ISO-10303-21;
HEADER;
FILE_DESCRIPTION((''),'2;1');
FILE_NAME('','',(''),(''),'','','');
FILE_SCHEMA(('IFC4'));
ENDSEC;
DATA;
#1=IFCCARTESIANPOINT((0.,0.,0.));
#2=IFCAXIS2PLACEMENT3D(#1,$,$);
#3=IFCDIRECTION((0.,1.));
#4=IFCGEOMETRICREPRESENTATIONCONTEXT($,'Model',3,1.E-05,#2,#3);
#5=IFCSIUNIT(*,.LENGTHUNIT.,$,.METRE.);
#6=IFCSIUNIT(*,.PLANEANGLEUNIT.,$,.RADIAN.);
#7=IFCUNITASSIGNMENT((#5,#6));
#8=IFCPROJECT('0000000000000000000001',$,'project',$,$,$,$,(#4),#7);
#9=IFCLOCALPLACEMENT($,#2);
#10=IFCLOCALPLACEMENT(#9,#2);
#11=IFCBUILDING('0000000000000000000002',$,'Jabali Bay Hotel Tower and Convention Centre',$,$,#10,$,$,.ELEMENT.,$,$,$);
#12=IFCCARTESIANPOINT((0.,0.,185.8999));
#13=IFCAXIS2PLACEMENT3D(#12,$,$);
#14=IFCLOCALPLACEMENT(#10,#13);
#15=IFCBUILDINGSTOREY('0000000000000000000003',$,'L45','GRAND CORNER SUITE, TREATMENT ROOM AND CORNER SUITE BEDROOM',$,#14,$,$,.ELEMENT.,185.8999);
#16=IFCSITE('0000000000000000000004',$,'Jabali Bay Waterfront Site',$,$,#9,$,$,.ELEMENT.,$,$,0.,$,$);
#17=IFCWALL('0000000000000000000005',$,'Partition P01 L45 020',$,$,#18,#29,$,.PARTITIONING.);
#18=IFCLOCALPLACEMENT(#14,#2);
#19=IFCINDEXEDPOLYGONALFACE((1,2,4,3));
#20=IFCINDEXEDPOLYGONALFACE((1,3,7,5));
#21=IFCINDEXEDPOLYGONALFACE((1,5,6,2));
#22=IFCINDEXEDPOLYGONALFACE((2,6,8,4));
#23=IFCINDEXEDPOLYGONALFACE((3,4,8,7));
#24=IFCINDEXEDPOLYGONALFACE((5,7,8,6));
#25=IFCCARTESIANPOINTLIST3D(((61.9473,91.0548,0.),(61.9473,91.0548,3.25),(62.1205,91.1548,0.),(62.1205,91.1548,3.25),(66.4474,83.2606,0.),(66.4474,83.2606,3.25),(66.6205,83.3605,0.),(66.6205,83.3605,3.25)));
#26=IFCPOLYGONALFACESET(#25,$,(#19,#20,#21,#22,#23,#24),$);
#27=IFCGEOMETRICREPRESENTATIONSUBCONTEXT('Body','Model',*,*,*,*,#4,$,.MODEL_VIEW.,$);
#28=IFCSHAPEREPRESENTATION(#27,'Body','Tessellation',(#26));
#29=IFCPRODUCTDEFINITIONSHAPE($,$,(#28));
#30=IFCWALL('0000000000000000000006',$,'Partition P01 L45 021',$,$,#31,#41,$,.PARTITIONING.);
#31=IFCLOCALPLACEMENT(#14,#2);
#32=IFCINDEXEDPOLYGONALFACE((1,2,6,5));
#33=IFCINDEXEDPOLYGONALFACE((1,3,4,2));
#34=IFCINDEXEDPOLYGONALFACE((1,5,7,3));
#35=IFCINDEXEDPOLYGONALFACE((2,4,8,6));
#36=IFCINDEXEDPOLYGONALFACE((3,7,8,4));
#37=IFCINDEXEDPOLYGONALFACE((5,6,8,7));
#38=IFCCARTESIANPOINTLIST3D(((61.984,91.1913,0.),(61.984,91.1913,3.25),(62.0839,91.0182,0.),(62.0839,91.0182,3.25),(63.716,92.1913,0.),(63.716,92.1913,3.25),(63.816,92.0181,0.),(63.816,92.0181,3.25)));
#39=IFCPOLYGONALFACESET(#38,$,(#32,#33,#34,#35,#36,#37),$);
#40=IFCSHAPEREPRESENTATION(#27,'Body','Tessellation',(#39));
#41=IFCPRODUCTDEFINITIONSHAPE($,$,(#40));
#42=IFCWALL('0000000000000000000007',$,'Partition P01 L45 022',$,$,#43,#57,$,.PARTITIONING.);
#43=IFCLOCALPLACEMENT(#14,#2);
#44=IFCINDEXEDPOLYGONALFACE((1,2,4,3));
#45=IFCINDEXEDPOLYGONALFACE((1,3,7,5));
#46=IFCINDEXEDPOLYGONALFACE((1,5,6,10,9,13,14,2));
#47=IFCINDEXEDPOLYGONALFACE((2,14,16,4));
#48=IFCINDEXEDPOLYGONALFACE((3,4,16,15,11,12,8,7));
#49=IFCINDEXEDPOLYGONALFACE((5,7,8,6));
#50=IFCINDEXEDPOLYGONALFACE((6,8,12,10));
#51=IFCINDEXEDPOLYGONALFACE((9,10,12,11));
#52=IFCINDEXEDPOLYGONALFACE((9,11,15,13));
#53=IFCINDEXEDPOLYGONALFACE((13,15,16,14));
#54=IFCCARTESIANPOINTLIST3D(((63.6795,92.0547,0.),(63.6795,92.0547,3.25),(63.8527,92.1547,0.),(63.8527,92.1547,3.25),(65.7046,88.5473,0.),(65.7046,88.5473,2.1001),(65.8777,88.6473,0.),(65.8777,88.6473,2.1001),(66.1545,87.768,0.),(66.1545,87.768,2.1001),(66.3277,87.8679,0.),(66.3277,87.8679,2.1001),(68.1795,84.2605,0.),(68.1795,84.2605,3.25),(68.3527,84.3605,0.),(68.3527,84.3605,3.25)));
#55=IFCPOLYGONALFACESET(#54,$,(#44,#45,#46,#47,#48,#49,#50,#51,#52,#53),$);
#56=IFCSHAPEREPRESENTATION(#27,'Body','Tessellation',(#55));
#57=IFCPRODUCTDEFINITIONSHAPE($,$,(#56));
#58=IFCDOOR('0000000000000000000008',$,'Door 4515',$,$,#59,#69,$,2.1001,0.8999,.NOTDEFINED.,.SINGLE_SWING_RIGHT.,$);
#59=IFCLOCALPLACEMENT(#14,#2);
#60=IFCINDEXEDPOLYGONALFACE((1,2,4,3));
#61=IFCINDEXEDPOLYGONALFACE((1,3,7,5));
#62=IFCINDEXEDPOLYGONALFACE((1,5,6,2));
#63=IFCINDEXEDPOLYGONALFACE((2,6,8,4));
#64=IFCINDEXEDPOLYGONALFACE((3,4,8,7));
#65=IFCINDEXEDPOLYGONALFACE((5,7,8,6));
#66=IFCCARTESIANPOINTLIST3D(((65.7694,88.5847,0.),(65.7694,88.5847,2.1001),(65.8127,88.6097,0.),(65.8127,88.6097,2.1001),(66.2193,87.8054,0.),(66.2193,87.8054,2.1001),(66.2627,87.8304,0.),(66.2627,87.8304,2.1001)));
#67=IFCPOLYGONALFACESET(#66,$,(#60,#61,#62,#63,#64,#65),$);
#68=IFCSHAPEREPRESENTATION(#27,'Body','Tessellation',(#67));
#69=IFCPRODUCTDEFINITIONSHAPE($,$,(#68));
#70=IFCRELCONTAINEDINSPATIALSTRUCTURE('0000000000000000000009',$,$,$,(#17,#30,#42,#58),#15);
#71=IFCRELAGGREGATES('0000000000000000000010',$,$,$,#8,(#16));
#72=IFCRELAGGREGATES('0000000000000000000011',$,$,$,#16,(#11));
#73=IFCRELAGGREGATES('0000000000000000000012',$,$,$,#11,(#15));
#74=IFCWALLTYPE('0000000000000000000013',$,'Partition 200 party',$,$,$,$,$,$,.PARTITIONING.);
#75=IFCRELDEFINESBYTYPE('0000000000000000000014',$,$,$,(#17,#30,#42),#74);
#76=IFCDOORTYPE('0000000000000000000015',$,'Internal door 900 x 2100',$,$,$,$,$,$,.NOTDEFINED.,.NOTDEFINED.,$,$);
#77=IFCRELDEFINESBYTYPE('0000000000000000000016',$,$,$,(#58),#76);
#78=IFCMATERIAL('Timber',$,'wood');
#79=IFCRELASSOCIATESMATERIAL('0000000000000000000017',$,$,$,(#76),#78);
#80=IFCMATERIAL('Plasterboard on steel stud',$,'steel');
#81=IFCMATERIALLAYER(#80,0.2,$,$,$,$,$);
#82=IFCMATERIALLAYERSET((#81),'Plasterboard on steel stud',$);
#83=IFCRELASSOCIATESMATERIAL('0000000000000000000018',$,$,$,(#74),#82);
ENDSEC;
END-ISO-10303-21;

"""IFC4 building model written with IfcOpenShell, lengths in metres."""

from ifc_helpers import new_model, si_unit, direction, frame, frame_2d, origin, place, context, subcontext, project, spatial, rectangle, extrude, material, layer, layer_set, type_object, element, fill, save


model = new_model("IFC4")

# Units and contexts
model_context = context("Model", 3, precision=1e-05, world=origin(), true_north=direction((0.0, 1.0)))
body_context = subcontext(model_context, "Body", "Model", "MODEL_VIEW")
ifc_project = project(units=[si_unit("LENGTHUNIT", "METRE"), si_unit("PLANEANGLEUNIT", "RADIAN")], contexts=[model_context])

# Site, building, storey
site_placement = place(None, origin())
site = spatial("IfcSite", under=ifc_project, at=site_placement, Name="Jabali Bay Waterfront Site", CompositionType="ELEMENT", RefElevation=0.0)
building_placement = place(site_placement, origin())
building = spatial("IfcBuilding", under=site, at=building_placement, Name="Jabali Bay Hotel Tower and Convention Centre", CompositionType="ELEMENT")
storey_placement = place(building_placement, frame((0.0, 0.0, 185.8999)))
storey = spatial("IfcBuildingStorey", under=building, at=storey_placement, Name="L45", Description="GRAND CORNER SUITE, TREATMENT ROOM AND CORNER SUITE BEDROOM", CompositionType="ELEMENT", Elevation=185.8999)

# Shared definitions
ifc_material_1 = material(Name="Timber", Category="wood")

# Shared definitions
ifc_material_2 = material(Name="Plasterboard on steel stud", Category="steel")
door_type_1 = type_object("IfcDoorType", Name="Internal door 900 x 2100", OperationType="NOTDEFINED", PredefinedType="NOTDEFINED", material=ifc_material_1)

# Walls
ifc_layer_1 = layer(ifc_material_2, 0.2)
ifc_layer_set_1 = layer_set([ifc_layer_1], Name="Plasterboard on steel stud")
wall_type_1 = type_object("IfcWallType", Name="Partition 200 party", PredefinedType="PARTITIONING", material=ifc_layer_set_1)
wall_1_placement = place(storey_placement, frame((66.5339, 83.3105, 0.0), z_axis=(0.0, 0.0, 1.0), x_axis=(-0.500002, 0.866024, 0.0)))
element("IfcWall", 1, at=wall_1_placement, inside=storey, type_object=wall_type_1, Name="Partition P01 L45 020", PredefinedType="PARTITIONING", context=body_context, shape_type="SweptSolid", body=[
    extrude(rectangle(XDim=9.0, YDim=0.2, at=frame_2d((4.5, 0.0))), origin(), (0.0, 0.0, 1.0), 3.25),
])
wall_2_placement = place(storey_placement, frame((62.0339, 91.1047, 0.0), z_axis=(0.0, 0.0, 1.0), x_axis=(0.866041, 0.499973, 0.0)))
element("IfcWall", 2, at=wall_2_placement, inside=storey, type_object=wall_type_1, Name="Partition P01 L45 021", PredefinedType="PARTITIONING", context=body_context, shape_type="SweptSolid", body=[
    extrude(rectangle(XDim=2.0, YDim=0.2, at=frame_2d((1.0, 0.0))), origin(), (0.0, 0.0, 1.0), 3.25),
])

# Wall, opening, door
wall_3_placement = place(storey_placement, frame((63.7661, 92.1047, 0.0), z_axis=(0.0, 0.0, 1.0), x_axis=(0.500002, -0.866024, 0.0)))
wall_3 = element("IfcWall", 3, at=wall_3_placement, inside=storey, type_object=wall_type_1, Name="Partition P01 L45 022", PredefinedType="PARTITIONING", context=body_context, shape_type="SweptSolid", body=[
    extrude(rectangle(XDim=9.0, YDim=0.2, at=frame_2d((4.5, 0.0))), origin(), (0.0, 0.0, 1.0), 3.25),
])
opening_1_placement = place(wall_3_placement, frame((4.05, 0.0, 0.0)))
opening_1 = element("IfcOpeningElement", 4, at=opening_1_placement, cuts=wall_3, PredefinedType="OPENING", context=body_context, shape_type="SweptSolid", body=[
    extrude(rectangle(XDim=0.8999, YDim=2.1001, at=frame_2d((0.45, 1.05))), frame((0.0, 0.1104, 0.0), z_axis=(0.0, -1.0, 0.0), x_axis=(1.0, 0.0, 0.0)), (0.0, 0.0, 1.0), 0.2209),
])
door_1_placement = place(opening_1_placement, origin())
door_1 = element("IfcDoor", 5, at=door_1_placement, inside=storey, type_object=door_type_1, Name="Door 4515", OperationType="SINGLE_SWING_RIGHT", OverallHeight=2.1001, OverallWidth=0.8999, PredefinedType="NOTDEFINED", context=body_context, shape_type="SweptSolid", body=[
    extrude(rectangle(XDim=0.8999, YDim=2.1001, at=frame_2d((0.45, 1.05))), frame((0.0, 0.0249, 0.0), z_axis=(0.0, -1.0, 0.0), x_axis=(1.0, 0.0, 0.0)), (0.0, 0.0, 1.0), 0.05),
])
fill(opening_1, door_1)

save(model, "model.ifc")
